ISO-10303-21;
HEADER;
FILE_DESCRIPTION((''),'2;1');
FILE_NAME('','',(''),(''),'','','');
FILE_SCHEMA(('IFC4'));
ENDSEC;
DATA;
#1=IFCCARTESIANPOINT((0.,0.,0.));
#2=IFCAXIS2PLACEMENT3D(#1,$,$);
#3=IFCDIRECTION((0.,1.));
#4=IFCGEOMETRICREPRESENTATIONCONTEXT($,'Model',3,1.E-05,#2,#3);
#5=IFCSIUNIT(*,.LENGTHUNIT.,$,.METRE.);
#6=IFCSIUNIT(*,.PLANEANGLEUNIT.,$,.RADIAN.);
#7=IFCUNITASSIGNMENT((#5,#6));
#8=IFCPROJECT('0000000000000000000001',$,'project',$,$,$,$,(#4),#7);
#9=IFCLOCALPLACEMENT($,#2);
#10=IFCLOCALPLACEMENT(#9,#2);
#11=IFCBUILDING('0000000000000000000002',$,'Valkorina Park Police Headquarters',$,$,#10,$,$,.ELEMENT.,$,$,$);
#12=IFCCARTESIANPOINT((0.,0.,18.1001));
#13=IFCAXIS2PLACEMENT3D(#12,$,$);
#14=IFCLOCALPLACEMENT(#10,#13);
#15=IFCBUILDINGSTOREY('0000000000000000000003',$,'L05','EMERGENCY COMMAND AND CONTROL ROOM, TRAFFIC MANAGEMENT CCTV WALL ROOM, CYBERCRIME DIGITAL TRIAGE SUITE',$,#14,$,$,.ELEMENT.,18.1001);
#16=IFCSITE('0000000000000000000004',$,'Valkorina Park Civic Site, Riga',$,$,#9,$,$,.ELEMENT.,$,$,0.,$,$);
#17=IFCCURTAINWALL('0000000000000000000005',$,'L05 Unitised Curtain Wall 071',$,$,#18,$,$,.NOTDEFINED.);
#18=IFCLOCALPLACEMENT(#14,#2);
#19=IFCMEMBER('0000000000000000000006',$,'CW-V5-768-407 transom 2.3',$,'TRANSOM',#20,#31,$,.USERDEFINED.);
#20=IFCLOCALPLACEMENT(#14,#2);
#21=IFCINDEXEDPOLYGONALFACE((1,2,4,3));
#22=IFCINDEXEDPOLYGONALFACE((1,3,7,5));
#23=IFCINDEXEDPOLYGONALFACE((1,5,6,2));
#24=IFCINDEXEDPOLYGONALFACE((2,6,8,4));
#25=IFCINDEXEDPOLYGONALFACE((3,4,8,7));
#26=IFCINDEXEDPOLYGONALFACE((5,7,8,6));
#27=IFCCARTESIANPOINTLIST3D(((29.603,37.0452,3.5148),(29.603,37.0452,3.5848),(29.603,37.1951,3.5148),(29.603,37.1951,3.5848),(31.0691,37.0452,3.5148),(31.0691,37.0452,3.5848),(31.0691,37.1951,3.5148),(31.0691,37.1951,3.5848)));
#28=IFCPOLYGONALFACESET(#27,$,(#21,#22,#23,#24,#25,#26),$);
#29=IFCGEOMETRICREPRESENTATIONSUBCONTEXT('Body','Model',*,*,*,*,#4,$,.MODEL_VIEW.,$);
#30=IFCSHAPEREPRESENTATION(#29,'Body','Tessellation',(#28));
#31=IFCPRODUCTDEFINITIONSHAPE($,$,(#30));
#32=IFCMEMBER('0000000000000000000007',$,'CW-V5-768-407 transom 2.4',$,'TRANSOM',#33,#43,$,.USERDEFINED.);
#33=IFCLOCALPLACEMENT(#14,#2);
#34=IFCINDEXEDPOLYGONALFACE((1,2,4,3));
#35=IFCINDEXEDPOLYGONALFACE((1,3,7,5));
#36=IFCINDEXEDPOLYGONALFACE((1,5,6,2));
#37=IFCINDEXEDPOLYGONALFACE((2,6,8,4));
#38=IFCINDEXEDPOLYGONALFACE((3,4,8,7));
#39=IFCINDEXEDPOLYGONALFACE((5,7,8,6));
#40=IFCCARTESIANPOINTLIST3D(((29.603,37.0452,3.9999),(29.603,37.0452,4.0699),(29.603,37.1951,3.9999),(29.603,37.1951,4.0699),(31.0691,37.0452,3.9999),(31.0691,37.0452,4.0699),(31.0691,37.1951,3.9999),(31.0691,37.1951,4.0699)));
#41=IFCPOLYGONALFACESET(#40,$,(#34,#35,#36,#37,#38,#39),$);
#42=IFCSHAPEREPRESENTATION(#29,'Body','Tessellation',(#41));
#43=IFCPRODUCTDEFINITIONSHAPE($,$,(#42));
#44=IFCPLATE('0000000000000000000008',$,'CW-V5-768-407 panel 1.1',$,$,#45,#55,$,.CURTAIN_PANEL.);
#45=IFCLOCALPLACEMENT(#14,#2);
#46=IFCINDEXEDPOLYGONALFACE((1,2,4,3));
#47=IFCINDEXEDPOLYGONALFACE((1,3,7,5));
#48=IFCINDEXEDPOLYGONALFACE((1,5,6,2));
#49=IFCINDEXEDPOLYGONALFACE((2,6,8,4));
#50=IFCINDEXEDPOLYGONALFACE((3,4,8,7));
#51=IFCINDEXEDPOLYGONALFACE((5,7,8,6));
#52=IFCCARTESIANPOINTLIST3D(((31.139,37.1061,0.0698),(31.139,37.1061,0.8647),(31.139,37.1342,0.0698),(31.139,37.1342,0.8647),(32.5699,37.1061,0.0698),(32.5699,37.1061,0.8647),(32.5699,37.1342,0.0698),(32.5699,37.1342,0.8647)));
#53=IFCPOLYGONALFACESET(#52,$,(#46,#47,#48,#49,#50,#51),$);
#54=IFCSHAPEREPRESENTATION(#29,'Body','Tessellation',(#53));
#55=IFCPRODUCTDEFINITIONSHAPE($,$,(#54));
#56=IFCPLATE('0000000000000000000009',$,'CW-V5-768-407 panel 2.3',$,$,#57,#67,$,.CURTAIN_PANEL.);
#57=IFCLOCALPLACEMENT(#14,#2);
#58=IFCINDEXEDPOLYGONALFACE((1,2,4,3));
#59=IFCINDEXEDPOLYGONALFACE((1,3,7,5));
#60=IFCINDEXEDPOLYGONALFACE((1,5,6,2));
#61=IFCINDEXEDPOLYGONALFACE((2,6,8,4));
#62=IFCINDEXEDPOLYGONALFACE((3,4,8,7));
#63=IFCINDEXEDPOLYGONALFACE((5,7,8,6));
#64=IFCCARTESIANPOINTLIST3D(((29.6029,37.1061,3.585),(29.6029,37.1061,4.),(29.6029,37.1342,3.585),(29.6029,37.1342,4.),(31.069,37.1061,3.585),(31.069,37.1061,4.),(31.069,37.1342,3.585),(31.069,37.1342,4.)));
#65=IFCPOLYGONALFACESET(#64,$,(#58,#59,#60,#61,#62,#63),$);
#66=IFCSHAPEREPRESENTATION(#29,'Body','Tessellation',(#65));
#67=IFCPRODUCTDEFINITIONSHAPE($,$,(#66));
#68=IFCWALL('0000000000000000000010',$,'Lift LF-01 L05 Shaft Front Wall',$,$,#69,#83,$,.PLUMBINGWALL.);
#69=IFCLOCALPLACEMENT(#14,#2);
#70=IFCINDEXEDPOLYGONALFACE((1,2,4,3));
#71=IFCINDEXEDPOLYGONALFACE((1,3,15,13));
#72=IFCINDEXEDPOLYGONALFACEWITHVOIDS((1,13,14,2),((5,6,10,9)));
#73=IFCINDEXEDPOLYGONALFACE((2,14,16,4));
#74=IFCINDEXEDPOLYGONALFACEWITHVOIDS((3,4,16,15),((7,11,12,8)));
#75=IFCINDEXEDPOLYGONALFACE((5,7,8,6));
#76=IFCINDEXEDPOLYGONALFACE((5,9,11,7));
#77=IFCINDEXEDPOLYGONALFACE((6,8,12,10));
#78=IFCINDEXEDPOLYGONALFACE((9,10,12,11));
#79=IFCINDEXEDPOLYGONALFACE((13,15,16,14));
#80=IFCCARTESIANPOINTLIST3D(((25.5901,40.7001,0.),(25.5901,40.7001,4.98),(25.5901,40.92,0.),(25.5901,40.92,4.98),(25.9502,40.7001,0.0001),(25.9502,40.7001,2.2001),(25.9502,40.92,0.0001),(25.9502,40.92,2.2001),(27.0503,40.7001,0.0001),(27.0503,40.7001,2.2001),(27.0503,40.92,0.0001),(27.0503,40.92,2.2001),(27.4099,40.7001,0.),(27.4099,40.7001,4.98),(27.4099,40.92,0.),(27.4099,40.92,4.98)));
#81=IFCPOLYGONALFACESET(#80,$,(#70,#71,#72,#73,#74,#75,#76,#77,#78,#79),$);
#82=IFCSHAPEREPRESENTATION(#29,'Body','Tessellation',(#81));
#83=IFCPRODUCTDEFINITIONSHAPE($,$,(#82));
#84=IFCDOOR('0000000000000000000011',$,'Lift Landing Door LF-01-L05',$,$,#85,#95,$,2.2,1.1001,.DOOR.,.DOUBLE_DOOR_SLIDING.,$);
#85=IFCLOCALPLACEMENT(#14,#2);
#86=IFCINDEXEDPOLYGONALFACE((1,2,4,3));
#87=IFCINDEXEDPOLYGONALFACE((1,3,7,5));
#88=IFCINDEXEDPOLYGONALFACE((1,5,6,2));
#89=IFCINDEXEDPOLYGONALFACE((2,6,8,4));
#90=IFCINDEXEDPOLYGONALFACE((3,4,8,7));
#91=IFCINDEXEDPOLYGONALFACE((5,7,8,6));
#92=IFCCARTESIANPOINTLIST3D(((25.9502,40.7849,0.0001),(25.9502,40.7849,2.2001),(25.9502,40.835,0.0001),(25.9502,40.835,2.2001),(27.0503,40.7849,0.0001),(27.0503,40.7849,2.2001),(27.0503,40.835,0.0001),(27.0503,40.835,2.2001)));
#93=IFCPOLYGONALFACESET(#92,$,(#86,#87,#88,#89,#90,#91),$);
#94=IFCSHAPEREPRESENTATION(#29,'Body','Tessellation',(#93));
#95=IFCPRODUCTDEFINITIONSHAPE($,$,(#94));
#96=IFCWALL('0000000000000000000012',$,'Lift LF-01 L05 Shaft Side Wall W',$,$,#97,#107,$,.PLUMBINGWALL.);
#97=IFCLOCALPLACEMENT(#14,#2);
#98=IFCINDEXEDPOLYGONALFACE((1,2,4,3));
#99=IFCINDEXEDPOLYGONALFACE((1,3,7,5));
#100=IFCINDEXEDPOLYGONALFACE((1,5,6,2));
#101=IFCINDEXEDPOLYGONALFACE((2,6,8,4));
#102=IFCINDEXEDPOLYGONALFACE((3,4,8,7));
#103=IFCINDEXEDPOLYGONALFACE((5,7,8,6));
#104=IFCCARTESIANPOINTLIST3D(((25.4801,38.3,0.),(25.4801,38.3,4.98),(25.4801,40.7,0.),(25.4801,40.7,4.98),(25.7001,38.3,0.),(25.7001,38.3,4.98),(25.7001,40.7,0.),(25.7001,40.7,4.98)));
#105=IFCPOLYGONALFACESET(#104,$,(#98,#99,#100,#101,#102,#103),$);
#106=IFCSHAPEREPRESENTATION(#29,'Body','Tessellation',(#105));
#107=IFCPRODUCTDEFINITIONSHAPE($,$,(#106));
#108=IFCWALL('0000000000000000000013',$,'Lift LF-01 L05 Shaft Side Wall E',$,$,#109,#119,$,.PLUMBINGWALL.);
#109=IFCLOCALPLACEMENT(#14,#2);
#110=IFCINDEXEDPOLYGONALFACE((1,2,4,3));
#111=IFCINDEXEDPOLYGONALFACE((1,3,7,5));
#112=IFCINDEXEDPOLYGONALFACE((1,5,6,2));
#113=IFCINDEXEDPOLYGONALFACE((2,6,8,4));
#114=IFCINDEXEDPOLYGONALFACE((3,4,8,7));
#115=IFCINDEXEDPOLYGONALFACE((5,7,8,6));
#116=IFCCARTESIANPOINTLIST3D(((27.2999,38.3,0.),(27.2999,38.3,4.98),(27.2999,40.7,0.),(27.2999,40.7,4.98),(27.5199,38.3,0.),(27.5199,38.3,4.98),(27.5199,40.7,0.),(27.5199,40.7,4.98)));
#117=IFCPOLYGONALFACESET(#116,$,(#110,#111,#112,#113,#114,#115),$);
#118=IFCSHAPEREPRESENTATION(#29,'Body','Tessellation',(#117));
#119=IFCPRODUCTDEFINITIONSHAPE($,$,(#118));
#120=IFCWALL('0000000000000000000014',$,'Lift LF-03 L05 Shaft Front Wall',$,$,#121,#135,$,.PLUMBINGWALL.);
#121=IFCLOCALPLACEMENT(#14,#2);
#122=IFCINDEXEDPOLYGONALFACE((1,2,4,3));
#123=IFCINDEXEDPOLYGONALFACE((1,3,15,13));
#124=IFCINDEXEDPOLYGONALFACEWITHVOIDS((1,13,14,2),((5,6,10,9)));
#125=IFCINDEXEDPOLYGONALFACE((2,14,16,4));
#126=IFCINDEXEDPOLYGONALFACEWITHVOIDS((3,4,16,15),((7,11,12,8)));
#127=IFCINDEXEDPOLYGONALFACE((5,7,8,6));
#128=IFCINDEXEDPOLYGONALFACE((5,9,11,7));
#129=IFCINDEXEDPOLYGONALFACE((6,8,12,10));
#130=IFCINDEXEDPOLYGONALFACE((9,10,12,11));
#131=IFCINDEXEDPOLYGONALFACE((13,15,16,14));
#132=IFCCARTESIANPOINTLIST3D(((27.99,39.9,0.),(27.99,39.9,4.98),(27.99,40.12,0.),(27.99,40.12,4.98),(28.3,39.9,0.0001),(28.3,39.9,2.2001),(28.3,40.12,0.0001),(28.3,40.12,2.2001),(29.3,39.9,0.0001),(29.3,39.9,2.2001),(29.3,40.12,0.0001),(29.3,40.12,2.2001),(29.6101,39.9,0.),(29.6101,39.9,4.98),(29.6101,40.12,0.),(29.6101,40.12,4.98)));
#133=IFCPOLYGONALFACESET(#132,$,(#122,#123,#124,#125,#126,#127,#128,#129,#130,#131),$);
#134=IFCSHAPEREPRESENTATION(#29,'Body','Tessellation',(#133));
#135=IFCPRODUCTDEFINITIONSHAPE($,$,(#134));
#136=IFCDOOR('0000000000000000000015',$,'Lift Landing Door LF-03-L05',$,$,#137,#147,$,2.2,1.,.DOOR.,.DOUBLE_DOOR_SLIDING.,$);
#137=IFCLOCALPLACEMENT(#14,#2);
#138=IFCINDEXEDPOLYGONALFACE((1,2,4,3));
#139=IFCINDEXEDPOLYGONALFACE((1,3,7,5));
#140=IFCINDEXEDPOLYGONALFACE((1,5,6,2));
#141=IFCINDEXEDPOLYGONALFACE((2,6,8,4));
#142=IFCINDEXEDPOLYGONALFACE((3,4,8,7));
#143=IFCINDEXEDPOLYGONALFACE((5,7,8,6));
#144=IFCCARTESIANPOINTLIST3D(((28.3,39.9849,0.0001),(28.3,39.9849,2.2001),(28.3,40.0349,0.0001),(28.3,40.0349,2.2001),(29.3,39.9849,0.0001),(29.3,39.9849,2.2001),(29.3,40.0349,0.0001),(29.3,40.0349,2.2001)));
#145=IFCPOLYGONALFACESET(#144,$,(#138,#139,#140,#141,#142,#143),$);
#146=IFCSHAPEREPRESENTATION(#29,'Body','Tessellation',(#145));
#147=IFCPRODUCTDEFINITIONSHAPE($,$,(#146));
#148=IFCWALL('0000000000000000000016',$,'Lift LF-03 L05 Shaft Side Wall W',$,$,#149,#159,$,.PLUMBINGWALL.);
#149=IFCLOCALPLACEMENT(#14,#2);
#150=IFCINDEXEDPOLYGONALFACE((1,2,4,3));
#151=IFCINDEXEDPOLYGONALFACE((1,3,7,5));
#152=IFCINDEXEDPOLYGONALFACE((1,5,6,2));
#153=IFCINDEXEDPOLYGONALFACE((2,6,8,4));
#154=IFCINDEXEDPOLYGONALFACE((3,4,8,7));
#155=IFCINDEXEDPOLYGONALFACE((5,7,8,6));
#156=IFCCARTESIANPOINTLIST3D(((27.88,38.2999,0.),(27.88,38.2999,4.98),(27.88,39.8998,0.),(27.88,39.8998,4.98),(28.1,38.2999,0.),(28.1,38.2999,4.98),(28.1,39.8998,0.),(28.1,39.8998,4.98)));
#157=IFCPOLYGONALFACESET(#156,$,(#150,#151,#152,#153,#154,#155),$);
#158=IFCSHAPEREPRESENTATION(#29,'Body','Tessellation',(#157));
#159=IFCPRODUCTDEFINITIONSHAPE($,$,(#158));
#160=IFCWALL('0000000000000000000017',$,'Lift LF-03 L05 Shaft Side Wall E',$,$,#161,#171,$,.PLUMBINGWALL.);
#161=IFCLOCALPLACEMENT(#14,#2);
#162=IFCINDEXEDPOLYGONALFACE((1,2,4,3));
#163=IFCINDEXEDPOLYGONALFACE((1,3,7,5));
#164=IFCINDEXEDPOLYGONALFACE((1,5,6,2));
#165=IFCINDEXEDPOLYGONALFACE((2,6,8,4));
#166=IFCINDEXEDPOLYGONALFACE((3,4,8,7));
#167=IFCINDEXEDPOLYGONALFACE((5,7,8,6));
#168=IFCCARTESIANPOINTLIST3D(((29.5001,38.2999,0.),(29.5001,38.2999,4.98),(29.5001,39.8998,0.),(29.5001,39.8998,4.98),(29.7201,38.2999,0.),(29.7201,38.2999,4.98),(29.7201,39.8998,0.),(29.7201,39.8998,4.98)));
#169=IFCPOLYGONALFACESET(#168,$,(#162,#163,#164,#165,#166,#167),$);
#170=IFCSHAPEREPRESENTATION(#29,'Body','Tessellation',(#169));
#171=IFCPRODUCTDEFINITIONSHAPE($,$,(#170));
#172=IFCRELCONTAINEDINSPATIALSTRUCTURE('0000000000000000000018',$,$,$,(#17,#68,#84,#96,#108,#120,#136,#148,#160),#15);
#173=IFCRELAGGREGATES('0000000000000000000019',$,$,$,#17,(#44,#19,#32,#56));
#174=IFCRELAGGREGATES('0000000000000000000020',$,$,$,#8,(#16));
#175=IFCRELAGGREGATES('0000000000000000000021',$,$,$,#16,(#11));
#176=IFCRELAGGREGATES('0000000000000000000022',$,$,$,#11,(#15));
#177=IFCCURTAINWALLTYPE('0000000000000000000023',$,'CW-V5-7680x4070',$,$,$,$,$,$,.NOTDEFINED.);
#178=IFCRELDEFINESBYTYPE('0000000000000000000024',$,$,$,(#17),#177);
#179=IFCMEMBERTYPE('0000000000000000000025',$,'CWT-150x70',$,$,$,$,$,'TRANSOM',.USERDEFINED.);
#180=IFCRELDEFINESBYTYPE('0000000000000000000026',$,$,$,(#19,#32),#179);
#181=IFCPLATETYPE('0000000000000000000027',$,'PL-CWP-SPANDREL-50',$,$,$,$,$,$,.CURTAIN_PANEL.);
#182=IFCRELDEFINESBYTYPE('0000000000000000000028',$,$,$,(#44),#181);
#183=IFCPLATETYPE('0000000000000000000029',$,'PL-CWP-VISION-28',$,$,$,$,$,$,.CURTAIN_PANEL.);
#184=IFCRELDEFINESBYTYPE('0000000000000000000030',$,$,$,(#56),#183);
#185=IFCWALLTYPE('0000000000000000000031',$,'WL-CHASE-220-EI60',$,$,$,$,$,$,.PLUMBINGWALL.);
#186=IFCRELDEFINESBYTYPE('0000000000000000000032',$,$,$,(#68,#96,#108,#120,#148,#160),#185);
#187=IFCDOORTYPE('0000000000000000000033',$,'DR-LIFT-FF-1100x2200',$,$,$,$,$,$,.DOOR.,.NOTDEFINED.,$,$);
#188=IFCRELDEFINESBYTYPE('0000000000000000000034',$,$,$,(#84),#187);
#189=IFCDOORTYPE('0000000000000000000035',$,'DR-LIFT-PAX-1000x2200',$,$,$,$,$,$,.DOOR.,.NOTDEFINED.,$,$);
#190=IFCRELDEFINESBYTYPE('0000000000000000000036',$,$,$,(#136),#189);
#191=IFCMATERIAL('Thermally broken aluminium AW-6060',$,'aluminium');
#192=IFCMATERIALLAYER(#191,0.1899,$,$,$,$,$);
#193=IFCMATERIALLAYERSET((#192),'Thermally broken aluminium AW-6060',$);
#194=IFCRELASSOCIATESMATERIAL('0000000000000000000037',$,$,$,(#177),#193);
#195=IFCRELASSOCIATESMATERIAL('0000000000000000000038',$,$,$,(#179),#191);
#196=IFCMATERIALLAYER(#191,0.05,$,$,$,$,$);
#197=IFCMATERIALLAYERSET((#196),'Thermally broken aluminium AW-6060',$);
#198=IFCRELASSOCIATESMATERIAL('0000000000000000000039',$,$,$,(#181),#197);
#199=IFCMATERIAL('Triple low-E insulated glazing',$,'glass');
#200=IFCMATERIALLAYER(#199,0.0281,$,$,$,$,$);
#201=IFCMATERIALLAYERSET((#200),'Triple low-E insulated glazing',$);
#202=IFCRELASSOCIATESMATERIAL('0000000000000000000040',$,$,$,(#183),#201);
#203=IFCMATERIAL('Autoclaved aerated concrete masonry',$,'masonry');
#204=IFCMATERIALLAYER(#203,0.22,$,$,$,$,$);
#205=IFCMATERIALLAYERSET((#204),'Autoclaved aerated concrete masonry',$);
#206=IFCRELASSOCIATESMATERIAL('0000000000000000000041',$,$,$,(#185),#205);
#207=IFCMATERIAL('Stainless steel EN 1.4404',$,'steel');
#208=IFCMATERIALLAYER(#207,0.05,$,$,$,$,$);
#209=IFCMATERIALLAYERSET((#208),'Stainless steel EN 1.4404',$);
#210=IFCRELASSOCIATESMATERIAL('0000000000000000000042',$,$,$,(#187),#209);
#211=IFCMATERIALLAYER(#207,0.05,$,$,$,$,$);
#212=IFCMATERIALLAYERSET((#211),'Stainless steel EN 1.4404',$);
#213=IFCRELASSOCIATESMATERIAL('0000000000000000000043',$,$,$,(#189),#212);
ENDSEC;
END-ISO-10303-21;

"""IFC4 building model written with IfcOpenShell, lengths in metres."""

from ifc_helpers import new_model, si_unit, direction, frame, frame_2d, origin, origin_2d, place, context, subcontext, project, spatial, rectangle, extrude, material, layer, layer_set, material_profile, profile_set, type_object, element, fill, aggregate, save


model = new_model("IFC4")

# Units and contexts
model_context = context("Model", 3, precision=1e-05, world=origin(), true_north=direction((0.0, 1.0)))
body_context = subcontext(model_context, "Body", "Model", "MODEL_VIEW")
ifc_project = project(units=[si_unit("LENGTHUNIT", "METRE"), si_unit("PLANEANGLEUNIT", "RADIAN")], contexts=[model_context])

# Site, building, storey
site_placement = place(None, origin())
site = spatial("IfcSite", under=ifc_project, at=site_placement, Name="Valkorina Park Civic Site, Riga", CompositionType="ELEMENT", RefElevation=0.0)
building_placement = place(site_placement, origin())
building = spatial("IfcBuilding", under=site, at=building_placement, Name="Valkorina Park Police Headquarters", CompositionType="ELEMENT")
storey_placement = place(building_placement, frame((0.0, 0.0, 18.1001)))
storey = spatial("IfcBuildingStorey", under=building, at=storey_placement, Name="L05", Description="EMERGENCY COMMAND AND CONTROL ROOM, TRAFFIC MANAGEMENT CCTV WALL ROOM, CYBERCRIME DIGITAL TRIAGE SUITE", CompositionType="ELEMENT", Elevation=18.1001)

# Curtain wall, members, plates
ifc_material_1 = material(Name="Thermally broken aluminium AW-6060", Category="aluminium")
ifc_layer_1 = layer(ifc_material_1, 0.1899)
ifc_layer_set_1 = layer_set([ifc_layer_1], Name="Thermally broken aluminium AW-6060")
curtain_wall_type = type_object("IfcCurtainWallType", Name="CW-V5-7680x4070", PredefinedType="NOTDEFINED", material=ifc_layer_set_1)
curtain_wall_placement = place(storey_placement, origin())
curtain_wall = element("IfcCurtainWall", 1, at=curtain_wall_placement, inside=storey, type_object=curtain_wall_type, Name="L05 Unitised Curtain Wall 071", PredefinedType="NOTDEFINED")
ifc_material_profile_1 = material_profile(ifc_material_1, rectangle(XDim=0.1499, YDim=0.0701, at=origin_2d()), Name="CWT-02 150x70")
ifc_profile_set_1 = profile_set([ifc_material_profile_1], Name="Thermally broken aluminium AW-6060")
member_type_1 = type_object("IfcMemberType", Name="CWT-150x70", ElementType="TRANSOM", PredefinedType="USERDEFINED", material=ifc_profile_set_1)
member_1_placement = place(storey_placement, frame((31.0691, 37.1201, 3.5498), z_axis=(-1.0, 0.0, 0.0), x_axis=(0.0, -1.0, 0.0)))
member_1 = element("IfcMember", 2, at=member_1_placement, type_object=member_type_1, Name="CW-V5-768-407 transom 2.3", ObjectType="TRANSOM", PredefinedType="USERDEFINED", context=body_context, shape_type="SweptSolid", body=[
    extrude(rectangle(XDim=0.1499, YDim=0.0701, at=origin_2d()), origin(), (0.0, 0.0, 1.0), 1.4661),
])
member_2_placement = place(storey_placement, frame((31.0691, 37.1201, 4.0349), z_axis=(-1.0, 0.0, 0.0), x_axis=(0.0, -1.0, 0.0)))
member_2 = element("IfcMember", 3, at=member_2_placement, type_object=member_type_1, Name="CW-V5-768-407 transom 2.4", ObjectType="TRANSOM", PredefinedType="USERDEFINED", context=body_context, shape_type="SweptSolid", body=[
    extrude(rectangle(XDim=0.1499, YDim=0.0701, at=origin_2d()), origin(), (0.0, 0.0, 1.0), 1.4661),
])
ifc_layer_2 = layer(ifc_material_1, 0.05)
ifc_layer_set_2 = layer_set([ifc_layer_2], Name="Thermally broken aluminium AW-6060")
plate_type_1 = type_object("IfcPlateType", Name="PL-CWP-SPANDREL-50", PredefinedType="CURTAIN_PANEL", material=ifc_layer_set_2)
plate_1_placement = place(storey_placement, frame((31.8545, 37.1201, 0.0698), z_axis=(0.0, 0.0, 1.0), x_axis=(-1.0, 0.0, 0.0)))
plate_1 = element("IfcPlate", 4, at=plate_1_placement, type_object=plate_type_1, Name="CW-V5-768-407 panel 1.1", PredefinedType="CURTAIN_PANEL", context=body_context, shape_type="SweptSolid", body=[
    extrude(rectangle(XDim=1.4309, YDim=0.0281, at=origin_2d()), origin(), (0.0, 0.0, 1.0), 0.7949),
])
ifc_material_2 = material(Name="Triple low-E insulated glazing", Category="glass")
ifc_layer_3 = layer(ifc_material_2, 0.0281)
ifc_layer_set_3 = layer_set([ifc_layer_3], Name="Triple low-E insulated glazing")
plate_type_2 = type_object("IfcPlateType", Name="PL-CWP-VISION-28", PredefinedType="CURTAIN_PANEL", material=ifc_layer_set_3)
plate_2_placement = place(storey_placement, frame((30.3359, 37.1201, 3.585), z_axis=(0.0, 0.0, 1.0), x_axis=(-1.0, 0.0, 0.0)))
plate_2 = element("IfcPlate", 5, at=plate_2_placement, type_object=plate_type_2, Name="CW-V5-768-407 panel 2.3", PredefinedType="CURTAIN_PANEL", context=body_context, shape_type="SweptSolid", body=[
    extrude(rectangle(XDim=1.4661, YDim=0.0281, at=origin_2d()), origin(), (0.0, 0.0, 1.0), 0.415),
])
aggregate(curtain_wall, [plate_1, member_1, member_2, plate_2])

# Wall, opening, door
ifc_material_3 = material(Name="Autoclaved aerated concrete masonry", Category="masonry")
ifc_layer_4 = layer(ifc_material_3, 0.22)
ifc_layer_set_4 = layer_set([ifc_layer_4], Name="Autoclaved aerated concrete masonry")
wall_type_1 = type_object("IfcWallType", Name="WL-CHASE-220-EI60", PredefinedType="PLUMBINGWALL", material=ifc_layer_set_4)
wall_1_placement = place(storey_placement, frame((25.5901, 40.8101, 0.0), z_axis=(0.0, 0.0, 1.0), x_axis=(1.0, 0.0, 0.0)))
wall_1 = element("IfcWall", 6, at=wall_1_placement, inside=storey, type_object=wall_type_1, Name="Lift LF-01 L05 Shaft Front Wall", PredefinedType="PLUMBINGWALL", context=body_context, shape_type="SweptSolid", body=[
    extrude(rectangle(XDim=1.8198, YDim=0.22, at=frame_2d((0.9099, 0.0))), origin(), (0.0, 0.0, 1.0), 4.98),
])
opening_1_placement = place(wall_1_placement, frame((0.3601, 0.0, 0.0)))
opening_1 = element("IfcOpeningElement", 7, at=opening_1_placement, cuts=wall_1, PredefinedType="OPENING", context=body_context, shape_type="SweptSolid", body=[
    extrude(rectangle(XDim=1.1001, YDim=2.2, at=frame_2d((0.55, 1.1001))), frame((0.0, 0.1201, 0.0), z_axis=(0.0, -1.0, 0.0), x_axis=(1.0, 0.0, 0.0)), (0.0, 0.0, 1.0), 0.24),
])
ifc_material_4 = material(Name="Stainless steel EN 1.4404", Category="steel")
ifc_layer_5 = layer(ifc_material_4, 0.05)
ifc_layer_set_5 = layer_set([ifc_layer_5], Name="Stainless steel EN 1.4404")
door_type_1 = type_object("IfcDoorType", Name="DR-LIFT-FF-1100x2200", OperationType="NOTDEFINED", PredefinedType="DOOR", material=ifc_layer_set_5)
door_1_placement = place(opening_1_placement, origin())
door_1 = element("IfcDoor", 8, at=door_1_placement, inside=storey, type_object=door_type_1, Name="Lift Landing Door LF-01-L05", OperationType="DOUBLE_DOOR_SLIDING", OverallHeight=2.2, OverallWidth=1.1001, PredefinedType="DOOR", context=body_context, shape_type="SweptSolid", body=[
    extrude(rectangle(XDim=1.1001, YDim=2.2, at=frame_2d((0.55, 1.1001))), frame((0.0, 0.0249, 0.0), z_axis=(0.0, -1.0, 0.0), x_axis=(1.0, 0.0, 0.0)), (0.0, 0.0, 1.0), 0.05),
])
fill(opening_1, door_1)

# Walls
for number, where, z_axis, x_axis, name in (
    (9, (25.5901, 38.3, 0.0), (0.0, 0.0, 1.0), (0.0, 1.0, 0.0), "Lift LF-01 L05 Shaft Side Wall W"),
    (10, (27.4099, 38.3, 0.0), (0.0, 0.0, 1.0), (0.0, 1.0, 0.0), "Lift LF-01 L05 Shaft Side Wall E"),
):
    element("IfcWall", number, at=place(storey_placement, frame(where, z_axis=z_axis, x_axis=x_axis)), inside=storey, type_object=wall_type_1, Name=name, PredefinedType="PLUMBINGWALL", context=body_context, shape_type="SweptSolid", body=[
        extrude(rectangle(XDim=2.3999, YDim=0.22, at=frame_2d((1.2, 0.0))), origin(), (0.0, 0.0, 1.0), 4.98),
    ])

# Wall, opening, door
wall_2_placement = place(storey_placement, frame((27.99, 40.01, 0.0), z_axis=(0.0, 0.0, 1.0), x_axis=(1.0, 0.0, 0.0)))
wall_2 = element("IfcWall", 11, at=wall_2_placement, inside=storey, type_object=wall_type_1, Name="Lift LF-03 L05 Shaft Front Wall", PredefinedType="PLUMBINGWALL", context=body_context, shape_type="SweptSolid", body=[
    extrude(rectangle(XDim=1.6201, YDim=0.22, at=frame_2d((0.8101, 0.0))), origin(), (0.0, 0.0, 1.0), 4.98),
])
opening_2_placement = place(wall_2_placement, frame((0.3101, 0.0, 0.0)))
opening_2 = element("IfcOpeningElement", 12, at=opening_2_placement, cuts=wall_2, PredefinedType="OPENING", context=body_context, shape_type="SweptSolid", body=[
    extrude(rectangle(XDim=1.0, YDim=2.2, at=frame_2d((0.5, 1.1001))), frame((0.0, 0.1201, 0.0), z_axis=(0.0, -1.0, 0.0), x_axis=(1.0, 0.0, 0.0)), (0.0, 0.0, 1.0), 0.24),
])
ifc_layer_6 = layer(ifc_material_4, 0.05)
ifc_layer_set_6 = layer_set([ifc_layer_6], Name="Stainless steel EN 1.4404")
door_type_2 = type_object("IfcDoorType", Name="DR-LIFT-PAX-1000x2200", OperationType="NOTDEFINED", PredefinedType="DOOR", material=ifc_layer_set_6)
door_2_placement = place(opening_2_placement, origin())
door_2 = element("IfcDoor", 13, at=door_2_placement, inside=storey, type_object=door_type_2, Name="Lift Landing Door LF-03-L05", OperationType="DOUBLE_DOOR_SLIDING", OverallHeight=2.2, OverallWidth=1.0, PredefinedType="DOOR", context=body_context, shape_type="SweptSolid", body=[
    extrude(rectangle(XDim=1.0, YDim=2.2, at=frame_2d((0.5, 1.1001))), frame((0.0, 0.0249, 0.0), z_axis=(0.0, -1.0, 0.0), x_axis=(1.0, 0.0, 0.0)), (0.0, 0.0, 1.0), 0.05),
])
fill(opening_2, door_2)

# Walls
for number, where, z_axis, x_axis, name in (
    (14, (27.99, 38.3, 0.0), (0.0, 0.0, 1.0), (0.0, 1.0, 0.0), "Lift LF-03 L05 Shaft Side Wall W"),
    (15, (29.6101, 38.3, 0.0), (0.0, 0.0, 1.0), (0.0, 1.0, 0.0), "Lift LF-03 L05 Shaft Side Wall E"),
):
    element("IfcWall", number, at=place(storey_placement, frame(where, z_axis=z_axis, x_axis=x_axis)), inside=storey, type_object=wall_type_1, Name=name, PredefinedType="PLUMBINGWALL", context=body_context, shape_type="SweptSolid", body=[
        extrude(rectangle(XDim=1.5999, YDim=0.22, at=frame_2d((0.7998, 0.0))), origin(), (0.0, 0.0, 1.0), 4.98),
    ])

save(model, "model.ifc")
